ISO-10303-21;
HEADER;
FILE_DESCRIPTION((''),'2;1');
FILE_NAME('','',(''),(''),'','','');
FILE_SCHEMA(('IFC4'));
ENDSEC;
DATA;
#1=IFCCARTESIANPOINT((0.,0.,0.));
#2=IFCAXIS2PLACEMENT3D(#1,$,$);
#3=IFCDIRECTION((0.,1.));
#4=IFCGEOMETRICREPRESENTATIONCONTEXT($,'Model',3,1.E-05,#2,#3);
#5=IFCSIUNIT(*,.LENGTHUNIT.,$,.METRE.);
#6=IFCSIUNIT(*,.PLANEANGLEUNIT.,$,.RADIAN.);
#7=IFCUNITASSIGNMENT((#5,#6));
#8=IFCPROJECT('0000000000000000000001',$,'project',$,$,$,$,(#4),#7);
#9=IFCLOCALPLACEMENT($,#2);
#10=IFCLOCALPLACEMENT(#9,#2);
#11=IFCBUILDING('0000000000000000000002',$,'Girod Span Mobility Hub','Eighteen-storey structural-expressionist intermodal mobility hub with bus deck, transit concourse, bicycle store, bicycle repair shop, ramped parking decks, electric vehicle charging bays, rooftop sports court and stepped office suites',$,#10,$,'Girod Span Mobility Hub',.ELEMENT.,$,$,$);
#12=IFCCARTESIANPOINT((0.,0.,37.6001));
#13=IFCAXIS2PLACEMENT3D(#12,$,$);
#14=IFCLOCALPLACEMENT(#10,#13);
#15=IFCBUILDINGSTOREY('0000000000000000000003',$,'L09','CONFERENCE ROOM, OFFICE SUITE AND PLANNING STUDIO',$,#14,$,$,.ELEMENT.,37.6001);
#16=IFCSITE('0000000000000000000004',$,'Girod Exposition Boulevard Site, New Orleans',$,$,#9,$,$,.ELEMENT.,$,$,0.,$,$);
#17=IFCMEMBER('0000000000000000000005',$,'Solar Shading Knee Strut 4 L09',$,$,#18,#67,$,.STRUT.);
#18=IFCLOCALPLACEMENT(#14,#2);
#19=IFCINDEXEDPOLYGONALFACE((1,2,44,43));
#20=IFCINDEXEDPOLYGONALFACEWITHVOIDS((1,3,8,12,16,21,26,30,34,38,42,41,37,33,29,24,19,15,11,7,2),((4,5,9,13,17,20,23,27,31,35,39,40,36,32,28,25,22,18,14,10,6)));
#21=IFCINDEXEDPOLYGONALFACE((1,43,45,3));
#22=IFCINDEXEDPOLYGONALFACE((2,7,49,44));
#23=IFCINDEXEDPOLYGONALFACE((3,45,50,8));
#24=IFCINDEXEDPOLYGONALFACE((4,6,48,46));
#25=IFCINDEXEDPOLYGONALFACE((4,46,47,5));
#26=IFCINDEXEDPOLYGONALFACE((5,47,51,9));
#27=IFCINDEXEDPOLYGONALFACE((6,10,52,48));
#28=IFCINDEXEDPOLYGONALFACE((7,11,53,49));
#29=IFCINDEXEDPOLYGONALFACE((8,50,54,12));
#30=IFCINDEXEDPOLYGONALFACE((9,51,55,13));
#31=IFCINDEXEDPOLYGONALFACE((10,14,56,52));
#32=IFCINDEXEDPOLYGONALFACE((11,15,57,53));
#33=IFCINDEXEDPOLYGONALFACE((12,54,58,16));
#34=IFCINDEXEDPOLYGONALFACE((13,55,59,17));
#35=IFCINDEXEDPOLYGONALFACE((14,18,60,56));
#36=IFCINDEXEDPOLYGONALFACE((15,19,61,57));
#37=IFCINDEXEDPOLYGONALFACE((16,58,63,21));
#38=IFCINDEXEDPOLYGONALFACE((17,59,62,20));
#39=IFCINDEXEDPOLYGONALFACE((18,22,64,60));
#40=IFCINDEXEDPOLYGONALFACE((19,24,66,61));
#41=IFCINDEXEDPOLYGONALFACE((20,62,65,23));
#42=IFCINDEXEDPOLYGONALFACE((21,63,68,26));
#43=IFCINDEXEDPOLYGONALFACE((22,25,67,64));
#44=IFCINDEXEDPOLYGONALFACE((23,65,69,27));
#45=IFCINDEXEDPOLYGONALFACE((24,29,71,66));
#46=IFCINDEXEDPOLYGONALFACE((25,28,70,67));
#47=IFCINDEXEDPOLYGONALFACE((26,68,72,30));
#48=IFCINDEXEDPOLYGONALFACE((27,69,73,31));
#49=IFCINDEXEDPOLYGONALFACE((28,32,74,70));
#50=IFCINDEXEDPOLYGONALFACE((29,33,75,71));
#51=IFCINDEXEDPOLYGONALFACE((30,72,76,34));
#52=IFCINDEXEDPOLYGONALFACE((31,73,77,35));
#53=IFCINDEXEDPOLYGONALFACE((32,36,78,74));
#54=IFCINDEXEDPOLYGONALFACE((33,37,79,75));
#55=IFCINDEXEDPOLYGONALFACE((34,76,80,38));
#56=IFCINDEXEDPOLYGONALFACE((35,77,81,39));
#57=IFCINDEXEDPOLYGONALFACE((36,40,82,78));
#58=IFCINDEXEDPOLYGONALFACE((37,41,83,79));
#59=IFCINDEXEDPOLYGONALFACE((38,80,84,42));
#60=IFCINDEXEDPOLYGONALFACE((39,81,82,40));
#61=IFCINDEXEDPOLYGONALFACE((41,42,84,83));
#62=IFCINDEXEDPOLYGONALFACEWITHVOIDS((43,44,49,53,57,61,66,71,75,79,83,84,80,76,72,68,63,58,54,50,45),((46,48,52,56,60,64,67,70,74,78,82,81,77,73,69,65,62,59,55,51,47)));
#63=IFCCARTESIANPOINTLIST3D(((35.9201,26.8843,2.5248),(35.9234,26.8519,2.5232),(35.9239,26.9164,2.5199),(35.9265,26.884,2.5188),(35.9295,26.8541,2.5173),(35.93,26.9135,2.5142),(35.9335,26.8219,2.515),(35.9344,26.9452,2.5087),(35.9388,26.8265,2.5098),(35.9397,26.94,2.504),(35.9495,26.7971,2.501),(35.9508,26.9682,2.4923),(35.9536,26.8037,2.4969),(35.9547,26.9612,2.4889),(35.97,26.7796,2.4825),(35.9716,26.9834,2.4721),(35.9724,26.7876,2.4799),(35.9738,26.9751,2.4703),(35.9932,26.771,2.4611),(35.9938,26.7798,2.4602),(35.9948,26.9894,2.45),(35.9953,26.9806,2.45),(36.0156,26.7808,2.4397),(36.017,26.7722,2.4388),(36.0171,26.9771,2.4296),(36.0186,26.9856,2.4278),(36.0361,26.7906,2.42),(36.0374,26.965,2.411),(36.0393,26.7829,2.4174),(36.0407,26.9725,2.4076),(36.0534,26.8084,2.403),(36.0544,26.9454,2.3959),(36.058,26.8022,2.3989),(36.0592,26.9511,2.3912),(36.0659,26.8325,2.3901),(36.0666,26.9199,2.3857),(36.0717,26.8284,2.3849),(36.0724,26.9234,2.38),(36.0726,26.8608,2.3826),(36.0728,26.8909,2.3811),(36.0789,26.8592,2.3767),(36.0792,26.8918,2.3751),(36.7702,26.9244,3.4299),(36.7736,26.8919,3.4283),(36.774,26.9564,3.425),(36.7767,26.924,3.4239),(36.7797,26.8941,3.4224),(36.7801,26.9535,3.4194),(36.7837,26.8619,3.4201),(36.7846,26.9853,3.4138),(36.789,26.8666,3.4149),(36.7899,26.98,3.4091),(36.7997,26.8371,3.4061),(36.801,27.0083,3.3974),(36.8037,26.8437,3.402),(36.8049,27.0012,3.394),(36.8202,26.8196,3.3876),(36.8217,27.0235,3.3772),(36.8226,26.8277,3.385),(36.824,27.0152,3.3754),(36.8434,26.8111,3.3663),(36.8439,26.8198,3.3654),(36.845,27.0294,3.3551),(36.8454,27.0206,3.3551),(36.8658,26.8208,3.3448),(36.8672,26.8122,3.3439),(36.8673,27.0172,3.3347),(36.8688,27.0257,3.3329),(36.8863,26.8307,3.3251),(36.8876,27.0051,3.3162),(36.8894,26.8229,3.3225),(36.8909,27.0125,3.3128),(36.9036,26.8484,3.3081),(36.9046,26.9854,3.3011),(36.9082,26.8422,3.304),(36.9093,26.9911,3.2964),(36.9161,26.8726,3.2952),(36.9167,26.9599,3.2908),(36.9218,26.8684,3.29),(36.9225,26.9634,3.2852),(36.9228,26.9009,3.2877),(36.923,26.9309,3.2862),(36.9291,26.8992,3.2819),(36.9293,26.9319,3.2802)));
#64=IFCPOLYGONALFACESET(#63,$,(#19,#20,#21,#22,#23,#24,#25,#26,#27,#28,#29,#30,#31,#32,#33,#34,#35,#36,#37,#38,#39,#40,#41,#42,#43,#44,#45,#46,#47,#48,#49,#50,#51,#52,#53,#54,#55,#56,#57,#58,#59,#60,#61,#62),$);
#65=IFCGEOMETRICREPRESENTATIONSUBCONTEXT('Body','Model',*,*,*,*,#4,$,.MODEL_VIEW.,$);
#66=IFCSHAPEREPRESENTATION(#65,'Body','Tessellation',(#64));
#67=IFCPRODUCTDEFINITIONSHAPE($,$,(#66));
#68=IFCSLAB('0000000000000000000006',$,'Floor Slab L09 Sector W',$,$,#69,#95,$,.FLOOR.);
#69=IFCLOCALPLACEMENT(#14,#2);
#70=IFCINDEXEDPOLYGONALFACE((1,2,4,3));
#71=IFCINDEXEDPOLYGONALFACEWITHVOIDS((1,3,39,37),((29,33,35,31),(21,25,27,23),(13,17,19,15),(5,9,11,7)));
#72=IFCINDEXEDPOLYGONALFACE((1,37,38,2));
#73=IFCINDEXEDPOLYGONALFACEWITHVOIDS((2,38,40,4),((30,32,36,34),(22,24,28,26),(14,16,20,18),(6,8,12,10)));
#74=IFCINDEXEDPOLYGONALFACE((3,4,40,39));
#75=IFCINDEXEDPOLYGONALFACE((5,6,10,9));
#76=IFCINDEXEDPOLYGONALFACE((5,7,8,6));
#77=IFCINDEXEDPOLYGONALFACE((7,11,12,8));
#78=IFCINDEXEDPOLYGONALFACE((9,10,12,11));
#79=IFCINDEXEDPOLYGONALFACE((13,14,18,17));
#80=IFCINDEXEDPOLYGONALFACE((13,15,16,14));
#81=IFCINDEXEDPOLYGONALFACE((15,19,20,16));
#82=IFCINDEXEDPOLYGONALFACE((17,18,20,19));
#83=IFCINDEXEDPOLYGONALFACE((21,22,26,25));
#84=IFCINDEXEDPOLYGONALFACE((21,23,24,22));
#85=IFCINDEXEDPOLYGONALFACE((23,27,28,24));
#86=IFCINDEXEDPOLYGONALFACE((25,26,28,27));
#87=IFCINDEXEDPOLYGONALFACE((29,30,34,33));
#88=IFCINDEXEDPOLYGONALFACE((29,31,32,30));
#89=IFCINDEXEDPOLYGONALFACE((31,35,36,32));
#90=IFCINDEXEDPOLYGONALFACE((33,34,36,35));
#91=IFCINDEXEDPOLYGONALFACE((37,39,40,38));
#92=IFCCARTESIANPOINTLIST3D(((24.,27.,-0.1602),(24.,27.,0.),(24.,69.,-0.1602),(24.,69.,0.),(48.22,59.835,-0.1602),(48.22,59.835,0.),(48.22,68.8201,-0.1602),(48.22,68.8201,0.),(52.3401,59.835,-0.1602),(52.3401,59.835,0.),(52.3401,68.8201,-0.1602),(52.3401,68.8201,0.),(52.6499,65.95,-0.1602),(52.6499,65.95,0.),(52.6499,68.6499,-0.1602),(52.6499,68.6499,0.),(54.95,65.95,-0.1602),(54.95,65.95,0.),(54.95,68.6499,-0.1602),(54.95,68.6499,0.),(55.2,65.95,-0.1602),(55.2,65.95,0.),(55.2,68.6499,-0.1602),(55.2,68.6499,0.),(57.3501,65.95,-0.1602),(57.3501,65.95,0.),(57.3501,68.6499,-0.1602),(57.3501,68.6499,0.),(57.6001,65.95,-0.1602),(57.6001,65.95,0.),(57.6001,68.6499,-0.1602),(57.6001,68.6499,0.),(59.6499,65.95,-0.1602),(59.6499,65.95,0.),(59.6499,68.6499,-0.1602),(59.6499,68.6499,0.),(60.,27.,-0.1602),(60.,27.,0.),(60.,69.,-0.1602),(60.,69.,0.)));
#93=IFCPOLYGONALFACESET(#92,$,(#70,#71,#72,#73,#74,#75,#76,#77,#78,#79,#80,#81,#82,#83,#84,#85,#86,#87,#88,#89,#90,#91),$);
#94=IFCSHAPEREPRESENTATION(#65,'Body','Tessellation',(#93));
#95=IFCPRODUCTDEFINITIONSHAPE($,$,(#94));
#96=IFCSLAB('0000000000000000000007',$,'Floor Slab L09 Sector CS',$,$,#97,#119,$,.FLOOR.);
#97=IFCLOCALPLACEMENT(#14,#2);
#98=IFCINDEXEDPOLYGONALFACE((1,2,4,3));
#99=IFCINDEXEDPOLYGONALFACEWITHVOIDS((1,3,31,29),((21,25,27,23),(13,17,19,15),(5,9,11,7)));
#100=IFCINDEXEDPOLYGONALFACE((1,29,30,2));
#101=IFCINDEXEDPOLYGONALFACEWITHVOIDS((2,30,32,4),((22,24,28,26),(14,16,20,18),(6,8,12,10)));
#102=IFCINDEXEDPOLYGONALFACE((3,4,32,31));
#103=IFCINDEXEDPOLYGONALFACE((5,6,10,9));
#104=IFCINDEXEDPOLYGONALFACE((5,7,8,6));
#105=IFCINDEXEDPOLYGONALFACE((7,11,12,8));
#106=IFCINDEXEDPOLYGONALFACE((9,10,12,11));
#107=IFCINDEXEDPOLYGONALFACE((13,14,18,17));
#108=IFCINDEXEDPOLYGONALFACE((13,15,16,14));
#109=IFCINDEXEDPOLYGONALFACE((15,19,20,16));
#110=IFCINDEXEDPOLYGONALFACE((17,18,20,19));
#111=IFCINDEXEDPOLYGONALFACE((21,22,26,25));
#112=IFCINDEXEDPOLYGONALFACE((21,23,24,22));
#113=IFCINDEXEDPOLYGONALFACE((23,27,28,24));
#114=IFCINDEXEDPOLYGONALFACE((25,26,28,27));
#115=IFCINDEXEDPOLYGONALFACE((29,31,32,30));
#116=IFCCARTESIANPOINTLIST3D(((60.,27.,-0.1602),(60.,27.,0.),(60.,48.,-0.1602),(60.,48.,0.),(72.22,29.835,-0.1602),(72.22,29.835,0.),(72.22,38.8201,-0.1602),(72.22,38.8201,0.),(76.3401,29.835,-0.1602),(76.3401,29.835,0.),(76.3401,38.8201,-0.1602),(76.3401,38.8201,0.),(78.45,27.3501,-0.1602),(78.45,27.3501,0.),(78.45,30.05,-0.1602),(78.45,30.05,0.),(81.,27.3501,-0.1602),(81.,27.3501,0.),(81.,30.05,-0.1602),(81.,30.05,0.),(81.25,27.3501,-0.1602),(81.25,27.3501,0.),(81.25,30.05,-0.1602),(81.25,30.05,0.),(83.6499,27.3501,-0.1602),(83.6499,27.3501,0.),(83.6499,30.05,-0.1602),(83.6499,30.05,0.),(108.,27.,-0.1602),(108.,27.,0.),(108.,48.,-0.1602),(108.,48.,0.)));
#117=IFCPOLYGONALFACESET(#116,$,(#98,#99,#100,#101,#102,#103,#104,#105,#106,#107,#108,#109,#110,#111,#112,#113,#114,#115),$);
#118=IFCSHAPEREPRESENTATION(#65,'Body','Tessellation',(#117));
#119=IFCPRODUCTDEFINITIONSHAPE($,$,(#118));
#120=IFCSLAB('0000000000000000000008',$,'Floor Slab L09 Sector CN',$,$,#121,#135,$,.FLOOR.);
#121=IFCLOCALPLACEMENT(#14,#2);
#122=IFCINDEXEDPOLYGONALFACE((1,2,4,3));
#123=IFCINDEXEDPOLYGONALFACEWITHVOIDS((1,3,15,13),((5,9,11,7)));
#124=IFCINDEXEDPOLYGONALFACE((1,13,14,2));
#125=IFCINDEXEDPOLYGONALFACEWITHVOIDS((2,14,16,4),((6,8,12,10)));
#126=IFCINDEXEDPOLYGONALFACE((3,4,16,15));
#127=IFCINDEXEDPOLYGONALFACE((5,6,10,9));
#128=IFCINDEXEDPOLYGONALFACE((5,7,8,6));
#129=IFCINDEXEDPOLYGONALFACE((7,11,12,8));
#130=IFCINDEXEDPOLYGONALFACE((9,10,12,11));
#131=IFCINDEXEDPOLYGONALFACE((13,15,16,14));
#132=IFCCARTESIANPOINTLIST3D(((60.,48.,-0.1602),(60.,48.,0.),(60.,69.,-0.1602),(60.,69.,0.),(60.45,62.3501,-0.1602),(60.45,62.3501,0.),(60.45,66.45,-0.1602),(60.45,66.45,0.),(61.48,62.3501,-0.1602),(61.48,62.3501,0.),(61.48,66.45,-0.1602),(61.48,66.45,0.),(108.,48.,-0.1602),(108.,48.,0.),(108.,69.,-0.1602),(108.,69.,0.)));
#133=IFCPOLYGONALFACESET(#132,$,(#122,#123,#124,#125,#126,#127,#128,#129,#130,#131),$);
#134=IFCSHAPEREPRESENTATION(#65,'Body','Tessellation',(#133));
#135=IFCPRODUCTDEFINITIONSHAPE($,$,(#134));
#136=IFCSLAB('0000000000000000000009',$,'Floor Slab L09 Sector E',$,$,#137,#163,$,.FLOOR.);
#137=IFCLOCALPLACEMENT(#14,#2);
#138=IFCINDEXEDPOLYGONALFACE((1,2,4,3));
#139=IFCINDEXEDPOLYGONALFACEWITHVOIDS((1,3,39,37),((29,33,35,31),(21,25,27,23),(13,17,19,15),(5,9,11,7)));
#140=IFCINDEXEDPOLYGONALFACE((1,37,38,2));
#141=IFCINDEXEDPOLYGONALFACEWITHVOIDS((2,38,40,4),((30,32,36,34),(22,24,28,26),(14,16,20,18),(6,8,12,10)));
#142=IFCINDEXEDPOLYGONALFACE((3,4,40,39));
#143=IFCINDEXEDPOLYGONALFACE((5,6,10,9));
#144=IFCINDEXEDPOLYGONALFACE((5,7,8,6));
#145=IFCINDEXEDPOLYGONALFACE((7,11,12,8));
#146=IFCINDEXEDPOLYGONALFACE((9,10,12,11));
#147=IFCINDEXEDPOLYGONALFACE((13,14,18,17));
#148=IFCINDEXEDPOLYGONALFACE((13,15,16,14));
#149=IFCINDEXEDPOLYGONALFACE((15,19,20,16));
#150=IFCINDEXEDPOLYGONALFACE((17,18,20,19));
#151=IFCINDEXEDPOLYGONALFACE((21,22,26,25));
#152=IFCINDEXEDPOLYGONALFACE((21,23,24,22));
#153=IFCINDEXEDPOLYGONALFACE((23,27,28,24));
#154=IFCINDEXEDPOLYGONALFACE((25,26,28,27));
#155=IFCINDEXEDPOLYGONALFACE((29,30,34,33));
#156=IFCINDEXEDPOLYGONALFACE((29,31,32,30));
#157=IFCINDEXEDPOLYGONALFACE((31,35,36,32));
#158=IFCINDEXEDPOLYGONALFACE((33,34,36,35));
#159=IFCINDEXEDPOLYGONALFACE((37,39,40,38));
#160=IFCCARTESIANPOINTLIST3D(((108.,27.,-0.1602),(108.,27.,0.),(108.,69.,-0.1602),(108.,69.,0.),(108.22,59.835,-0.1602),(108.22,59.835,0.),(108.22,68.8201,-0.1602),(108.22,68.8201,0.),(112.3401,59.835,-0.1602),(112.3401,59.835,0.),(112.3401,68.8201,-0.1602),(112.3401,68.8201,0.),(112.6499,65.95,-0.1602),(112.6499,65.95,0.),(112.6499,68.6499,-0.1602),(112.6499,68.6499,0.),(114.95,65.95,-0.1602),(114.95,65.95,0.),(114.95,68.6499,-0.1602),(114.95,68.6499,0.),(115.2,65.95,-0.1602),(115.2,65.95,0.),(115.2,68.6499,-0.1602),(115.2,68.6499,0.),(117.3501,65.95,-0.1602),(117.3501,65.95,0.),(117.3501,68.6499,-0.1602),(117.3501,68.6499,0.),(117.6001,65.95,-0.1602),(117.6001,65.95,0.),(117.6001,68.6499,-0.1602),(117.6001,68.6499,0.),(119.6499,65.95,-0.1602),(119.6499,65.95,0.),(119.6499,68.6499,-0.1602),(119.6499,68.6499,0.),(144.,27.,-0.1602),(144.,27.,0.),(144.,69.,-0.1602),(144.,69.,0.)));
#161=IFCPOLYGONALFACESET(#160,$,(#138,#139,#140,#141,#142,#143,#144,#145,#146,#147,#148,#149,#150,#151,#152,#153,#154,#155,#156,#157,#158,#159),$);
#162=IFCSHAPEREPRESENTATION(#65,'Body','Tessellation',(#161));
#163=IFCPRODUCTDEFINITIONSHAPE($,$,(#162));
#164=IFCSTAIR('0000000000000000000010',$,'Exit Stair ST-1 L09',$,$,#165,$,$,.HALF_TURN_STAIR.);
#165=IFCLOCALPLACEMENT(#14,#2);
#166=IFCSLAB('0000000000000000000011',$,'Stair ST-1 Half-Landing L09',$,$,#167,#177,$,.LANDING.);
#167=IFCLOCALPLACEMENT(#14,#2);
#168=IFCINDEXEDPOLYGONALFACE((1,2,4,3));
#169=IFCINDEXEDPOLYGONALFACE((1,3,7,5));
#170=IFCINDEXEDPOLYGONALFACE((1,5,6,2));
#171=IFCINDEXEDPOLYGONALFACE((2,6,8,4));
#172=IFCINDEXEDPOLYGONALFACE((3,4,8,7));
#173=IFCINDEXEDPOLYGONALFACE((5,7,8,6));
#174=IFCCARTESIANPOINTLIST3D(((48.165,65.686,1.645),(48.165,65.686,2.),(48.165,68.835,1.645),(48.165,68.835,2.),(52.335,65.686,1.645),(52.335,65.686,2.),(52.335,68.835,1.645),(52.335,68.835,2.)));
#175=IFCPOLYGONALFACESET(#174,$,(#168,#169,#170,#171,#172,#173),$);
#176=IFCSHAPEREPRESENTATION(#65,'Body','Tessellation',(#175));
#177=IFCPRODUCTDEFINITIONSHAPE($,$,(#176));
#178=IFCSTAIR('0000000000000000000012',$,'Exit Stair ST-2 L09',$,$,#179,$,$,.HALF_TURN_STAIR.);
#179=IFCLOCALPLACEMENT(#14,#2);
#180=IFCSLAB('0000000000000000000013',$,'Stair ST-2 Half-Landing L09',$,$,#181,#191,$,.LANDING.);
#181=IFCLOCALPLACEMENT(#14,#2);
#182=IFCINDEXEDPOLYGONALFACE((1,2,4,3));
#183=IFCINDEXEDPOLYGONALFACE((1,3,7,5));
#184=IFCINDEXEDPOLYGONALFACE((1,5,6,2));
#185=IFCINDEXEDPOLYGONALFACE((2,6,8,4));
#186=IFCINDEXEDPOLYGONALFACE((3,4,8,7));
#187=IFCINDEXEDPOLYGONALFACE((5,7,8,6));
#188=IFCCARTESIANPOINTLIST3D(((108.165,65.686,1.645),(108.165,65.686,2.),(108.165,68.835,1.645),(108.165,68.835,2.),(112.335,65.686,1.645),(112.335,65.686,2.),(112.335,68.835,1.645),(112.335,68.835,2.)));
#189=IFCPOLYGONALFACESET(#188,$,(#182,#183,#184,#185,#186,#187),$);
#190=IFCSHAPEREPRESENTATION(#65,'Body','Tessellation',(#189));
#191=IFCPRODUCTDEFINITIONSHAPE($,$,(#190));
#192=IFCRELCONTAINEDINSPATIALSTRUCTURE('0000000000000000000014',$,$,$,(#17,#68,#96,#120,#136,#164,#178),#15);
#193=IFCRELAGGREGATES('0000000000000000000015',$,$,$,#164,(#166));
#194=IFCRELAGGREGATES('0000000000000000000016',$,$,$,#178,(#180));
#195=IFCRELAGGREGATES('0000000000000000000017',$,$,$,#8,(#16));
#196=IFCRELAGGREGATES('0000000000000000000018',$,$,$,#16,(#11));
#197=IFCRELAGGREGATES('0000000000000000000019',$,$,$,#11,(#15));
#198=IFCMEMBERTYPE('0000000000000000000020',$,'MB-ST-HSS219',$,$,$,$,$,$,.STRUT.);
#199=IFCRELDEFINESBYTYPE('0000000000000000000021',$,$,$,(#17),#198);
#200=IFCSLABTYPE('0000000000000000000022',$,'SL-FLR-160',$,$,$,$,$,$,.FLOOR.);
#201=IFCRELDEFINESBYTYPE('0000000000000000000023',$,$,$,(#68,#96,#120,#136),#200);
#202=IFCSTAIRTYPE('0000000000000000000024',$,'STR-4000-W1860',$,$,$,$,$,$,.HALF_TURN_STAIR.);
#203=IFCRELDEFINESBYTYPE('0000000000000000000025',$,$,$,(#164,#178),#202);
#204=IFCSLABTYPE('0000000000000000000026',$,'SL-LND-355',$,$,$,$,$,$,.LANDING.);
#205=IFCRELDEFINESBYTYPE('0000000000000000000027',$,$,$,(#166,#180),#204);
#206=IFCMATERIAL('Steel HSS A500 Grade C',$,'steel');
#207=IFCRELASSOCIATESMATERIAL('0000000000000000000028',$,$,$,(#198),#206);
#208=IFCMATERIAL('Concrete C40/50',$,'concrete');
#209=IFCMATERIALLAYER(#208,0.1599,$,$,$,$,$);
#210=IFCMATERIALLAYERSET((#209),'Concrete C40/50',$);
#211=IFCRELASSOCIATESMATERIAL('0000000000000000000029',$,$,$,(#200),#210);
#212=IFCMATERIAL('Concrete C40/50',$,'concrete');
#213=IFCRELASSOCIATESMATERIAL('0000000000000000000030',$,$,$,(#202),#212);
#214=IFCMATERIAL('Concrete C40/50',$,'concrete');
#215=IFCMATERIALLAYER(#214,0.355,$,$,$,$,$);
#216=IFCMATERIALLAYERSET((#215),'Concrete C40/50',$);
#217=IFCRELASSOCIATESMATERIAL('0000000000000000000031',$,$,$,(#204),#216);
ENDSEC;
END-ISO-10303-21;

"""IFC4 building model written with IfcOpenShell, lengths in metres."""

from ifc_helpers import new_model, si_unit, direction, frame, origin, origin_2d, place, context, subcontext, project, spatial, polyline, hollow_circle, outline, extrude, material, layer, layer_set, material_profile, profile_set, type_object, element, aggregate, save


model = new_model("IFC4")

# Units and contexts
model_context = context("Model", 3, precision=1e-05, world=origin(), true_north=direction((0.0, 1.0)))
body_context = subcontext(model_context, "Body", "Model", "MODEL_VIEW")
ifc_project = project(units=[si_unit("LENGTHUNIT", "METRE"), si_unit("PLANEANGLEUNIT", "RADIAN")], contexts=[model_context])

# Site, building, storey
site_placement = place(None, origin())
site = spatial("IfcSite", under=ifc_project, at=site_placement, Name="Girod Exposition Boulevard Site, New Orleans", CompositionType="ELEMENT", RefElevation=0.0)
building_placement = place(site_placement, origin())
building = spatial("IfcBuilding", under=site, at=building_placement, Name="Girod Span Mobility Hub", Description="Eighteen-storey structural-expressionist intermodal mobility hub with bus deck, transit concourse, bicycle store, bicycle repair shop, ramped parking decks, electric vehicle charging bays, rooftop sports court and stepped office suites", LongName="Girod Span Mobility Hub", CompositionType="ELEMENT")
storey_placement = place(building_placement, frame((0.0, 0.0, 37.6001)))
storey = spatial("IfcBuildingStorey", under=building, at=storey_placement, Name="L09", Description="CONFERENCE ROOM, OFFICE SUITE AND PLANNING STUDIO", CompositionType="ELEMENT", Elevation=37.6001)

# Member
ifc_material_1 = material(Name="Steel HSS A500 Grade C", Category="steel")
ifc_material_profile_1 = material_profile(ifc_material_1, hollow_circle(Radius=0.1096, WallThickness=0.0088, at=origin_2d()), Name="HSS219X9.5")
ifc_profile_set_1 = profile_set([ifc_material_profile_1], Name="Steel HSS A500 Grade C")
member_type_1 = type_object("IfcMemberType", Name="MB-ST-HSS219", PredefinedType="STRUT", material=ifc_profile_set_1)
member_1_placement = place(storey_placement, frame((36.0, 26.8799, 2.45), z_axis=(0.684285, 0.032229, 0.728502), x_axis=(-0.047047, 0.998893, 0.0)))
element("IfcMember", 1, at=member_1_placement, inside=storey, type_object=member_type_1, Name="Solar Shading Knee Strut 4 L09", PredefinedType="STRUT", context=body_context, shape_type="SweptSolid", body=[
    extrude(hollow_circle(Radius=0.1096, WallThickness=0.0088, at=origin_2d()), origin(), (0.0, 0.0, 1.0), 1.2424),
])

# Slabs
ifc_material_2 = material(Name="Concrete C40/50", Category="concrete")
ifc_layer_1 = layer(ifc_material_2, 0.1599)
ifc_layer_set_1 = layer_set([ifc_layer_1], Name="Concrete C40/50")
slab_type_1 = type_object("IfcSlabType", Name="SL-FLR-160", PredefinedType="FLOOR", material=ifc_layer_set_1)
slab_1_placement = place(storey_placement, frame((0.0, 0.0, -0.1602)))
element("IfcSlab", 2, at=slab_1_placement, inside=storey, type_object=slab_type_1, Name="Floor Slab L09 Sector W", PredefinedType="FLOOR", context=body_context, shape_type="SweptSolid", body=[
    extrude(outline(polyline([(24.0, 69.0), (60.0, 69.0), (60.0, 27.0), (24.0, 27.0), (24.0, 69.0)]), holes=[polyline([(48.22, 68.8201), (48.22, 59.835), (52.3401, 59.835), (52.3401, 68.8201), (48.22, 68.8201)]), polyline([(52.6499, 65.95), (54.95, 65.95), (54.95, 68.6499), (52.6499, 68.6499), (52.6499, 65.95)]), polyline([(55.2, 68.6499), (55.2, 65.95), (57.3501, 65.95), (57.3501, 68.6499), (55.2, 68.6499)]), polyline([(57.6001, 68.6499), (57.6001, 65.95), (59.6499, 65.95), (59.6499, 68.6499), (57.6001, 68.6499)])]), origin(), (0.0, 0.0, 1.0), 0.1602),
])
slab_2_placement = place(storey_placement, frame((0.0, 0.0, -0.1602)))
element("IfcSlab", 3, at=slab_2_placement, inside=storey, type_object=slab_type_1, Name="Floor Slab L09 Sector CS", PredefinedType="FLOOR", context=body_context, shape_type="SweptSolid", body=[
    extrude(outline(polyline([(60.0, 27.0), (60.0, 48.0), (108.0, 48.0), (108.0, 27.0), (60.0, 27.0)]), holes=[polyline([(72.22, 29.835), (76.3401, 29.835), (76.3401, 38.8201), (72.22, 38.8201), (72.22, 29.835)]), polyline([(78.45, 27.3501), (81.0, 27.3501), (81.0, 30.05), (78.45, 30.05), (78.45, 27.3501)]), polyline([(81.25, 30.05), (81.25, 27.3501), (83.6499, 27.3501), (83.6499, 30.05), (81.25, 30.05)])]), origin(), (0.0, 0.0, 1.0), 0.1602),
])
slab_3_placement = place(storey_placement, frame((0.0, 0.0, -0.1602)))
element("IfcSlab", 4, at=slab_3_placement, inside=storey, type_object=slab_type_1, Name="Floor Slab L09 Sector CN", PredefinedType="FLOOR", context=body_context, shape_type="SweptSolid", body=[
    extrude(outline(polyline([(108.0, 69.0), (108.0, 48.0), (60.0, 48.0), (60.0, 69.0), (108.0, 69.0)]), holes=[polyline([(60.45, 66.45), (60.45, 62.3501), (61.48, 62.3501), (61.48, 66.45), (60.45, 66.45)])]), origin(), (0.0, 0.0, 1.0), 0.1602),
])
slab_4_placement = place(storey_placement, frame((0.0, 0.0, -0.1602)))
element("IfcSlab", 5, at=slab_4_placement, inside=storey, type_object=slab_type_1, Name="Floor Slab L09 Sector E", PredefinedType="FLOOR", context=body_context, shape_type="SweptSolid", body=[
    extrude(outline(polyline([(144.0, 69.0), (144.0, 27.0), (108.0, 27.0), (108.0, 69.0), (144.0, 69.0)]), holes=[polyline([(108.22, 68.8201), (108.22, 59.835), (112.3401, 59.835), (112.3401, 68.8201), (108.22, 68.8201)]), polyline([(112.6499, 65.95), (114.95, 65.95), (114.95, 68.6499), (112.6499, 68.6499), (112.6499, 65.95)]), polyline([(115.2, 68.6499), (115.2, 65.95), (117.3501, 65.95), (117.3501, 68.6499), (115.2, 68.6499)]), polyline([(117.6001, 68.6499), (117.6001, 65.95), (119.6499, 65.95), (119.6499, 68.6499), (117.6001, 68.6499)])]), origin(), (0.0, 0.0, 1.0), 0.1602),
])

# Stairs, slabs
ifc_material_3 = material(Name="Concrete C40/50", Category="concrete")
stair_type = type_object("IfcStairType", Name="STR-4000-W1860", PredefinedType="HALF_TURN_STAIR", material=ifc_material_3)
stair_1_placement = place(storey_placement, origin())
stair_1 = element("IfcStair", 6, at=stair_1_placement, inside=storey, type_object=stair_type, Name="Exit Stair ST-1 L09", PredefinedType="HALF_TURN_STAIR")
ifc_material_4 = material(Name="Concrete C40/50", Category="concrete")
ifc_layer_2 = layer(ifc_material_4, 0.355)
ifc_layer_set_2 = layer_set([ifc_layer_2], Name="Concrete C40/50")
slab_type_2 = type_object("IfcSlabType", Name="SL-LND-355", PredefinedType="LANDING", material=ifc_layer_set_2)
slab_5_placement = place(storey_placement, frame((0.0, 0.0, 1.645)))
slab_5 = element("IfcSlab", 7, at=slab_5_placement, type_object=slab_type_2, Name="Stair ST-1 Half-Landing L09", PredefinedType="LANDING", context=body_context, shape_type="SweptSolid", body=[
    extrude(outline(polyline([(52.335, 65.686), (52.335, 68.835), (48.165, 68.835), (48.165, 65.686), (52.335, 65.686)])), origin(), (0.0, 0.0, 1.0), 0.355),
])
aggregate(stair_1, [slab_5])
stair_2_placement = place(storey_placement, origin())
stair_2 = element("IfcStair", 8, at=stair_2_placement, inside=storey, type_object=stair_type, Name="Exit Stair ST-2 L09", PredefinedType="HALF_TURN_STAIR")
slab_6_placement = place(storey_placement, frame((0.0, 0.0, 1.645)))
slab_6 = element("IfcSlab", 9, at=slab_6_placement, type_object=slab_type_2, Name="Stair ST-2 Half-Landing L09", PredefinedType="LANDING", context=body_context, shape_type="SweptSolid", body=[
    extrude(outline(polyline([(112.335, 65.686), (112.335, 68.835), (108.165, 68.835), (108.165, 65.686), (112.335, 65.686)])), origin(), (0.0, 0.0, 1.0), 0.355),
])
aggregate(stair_2, [slab_6])

save(model, "model.ifc")
